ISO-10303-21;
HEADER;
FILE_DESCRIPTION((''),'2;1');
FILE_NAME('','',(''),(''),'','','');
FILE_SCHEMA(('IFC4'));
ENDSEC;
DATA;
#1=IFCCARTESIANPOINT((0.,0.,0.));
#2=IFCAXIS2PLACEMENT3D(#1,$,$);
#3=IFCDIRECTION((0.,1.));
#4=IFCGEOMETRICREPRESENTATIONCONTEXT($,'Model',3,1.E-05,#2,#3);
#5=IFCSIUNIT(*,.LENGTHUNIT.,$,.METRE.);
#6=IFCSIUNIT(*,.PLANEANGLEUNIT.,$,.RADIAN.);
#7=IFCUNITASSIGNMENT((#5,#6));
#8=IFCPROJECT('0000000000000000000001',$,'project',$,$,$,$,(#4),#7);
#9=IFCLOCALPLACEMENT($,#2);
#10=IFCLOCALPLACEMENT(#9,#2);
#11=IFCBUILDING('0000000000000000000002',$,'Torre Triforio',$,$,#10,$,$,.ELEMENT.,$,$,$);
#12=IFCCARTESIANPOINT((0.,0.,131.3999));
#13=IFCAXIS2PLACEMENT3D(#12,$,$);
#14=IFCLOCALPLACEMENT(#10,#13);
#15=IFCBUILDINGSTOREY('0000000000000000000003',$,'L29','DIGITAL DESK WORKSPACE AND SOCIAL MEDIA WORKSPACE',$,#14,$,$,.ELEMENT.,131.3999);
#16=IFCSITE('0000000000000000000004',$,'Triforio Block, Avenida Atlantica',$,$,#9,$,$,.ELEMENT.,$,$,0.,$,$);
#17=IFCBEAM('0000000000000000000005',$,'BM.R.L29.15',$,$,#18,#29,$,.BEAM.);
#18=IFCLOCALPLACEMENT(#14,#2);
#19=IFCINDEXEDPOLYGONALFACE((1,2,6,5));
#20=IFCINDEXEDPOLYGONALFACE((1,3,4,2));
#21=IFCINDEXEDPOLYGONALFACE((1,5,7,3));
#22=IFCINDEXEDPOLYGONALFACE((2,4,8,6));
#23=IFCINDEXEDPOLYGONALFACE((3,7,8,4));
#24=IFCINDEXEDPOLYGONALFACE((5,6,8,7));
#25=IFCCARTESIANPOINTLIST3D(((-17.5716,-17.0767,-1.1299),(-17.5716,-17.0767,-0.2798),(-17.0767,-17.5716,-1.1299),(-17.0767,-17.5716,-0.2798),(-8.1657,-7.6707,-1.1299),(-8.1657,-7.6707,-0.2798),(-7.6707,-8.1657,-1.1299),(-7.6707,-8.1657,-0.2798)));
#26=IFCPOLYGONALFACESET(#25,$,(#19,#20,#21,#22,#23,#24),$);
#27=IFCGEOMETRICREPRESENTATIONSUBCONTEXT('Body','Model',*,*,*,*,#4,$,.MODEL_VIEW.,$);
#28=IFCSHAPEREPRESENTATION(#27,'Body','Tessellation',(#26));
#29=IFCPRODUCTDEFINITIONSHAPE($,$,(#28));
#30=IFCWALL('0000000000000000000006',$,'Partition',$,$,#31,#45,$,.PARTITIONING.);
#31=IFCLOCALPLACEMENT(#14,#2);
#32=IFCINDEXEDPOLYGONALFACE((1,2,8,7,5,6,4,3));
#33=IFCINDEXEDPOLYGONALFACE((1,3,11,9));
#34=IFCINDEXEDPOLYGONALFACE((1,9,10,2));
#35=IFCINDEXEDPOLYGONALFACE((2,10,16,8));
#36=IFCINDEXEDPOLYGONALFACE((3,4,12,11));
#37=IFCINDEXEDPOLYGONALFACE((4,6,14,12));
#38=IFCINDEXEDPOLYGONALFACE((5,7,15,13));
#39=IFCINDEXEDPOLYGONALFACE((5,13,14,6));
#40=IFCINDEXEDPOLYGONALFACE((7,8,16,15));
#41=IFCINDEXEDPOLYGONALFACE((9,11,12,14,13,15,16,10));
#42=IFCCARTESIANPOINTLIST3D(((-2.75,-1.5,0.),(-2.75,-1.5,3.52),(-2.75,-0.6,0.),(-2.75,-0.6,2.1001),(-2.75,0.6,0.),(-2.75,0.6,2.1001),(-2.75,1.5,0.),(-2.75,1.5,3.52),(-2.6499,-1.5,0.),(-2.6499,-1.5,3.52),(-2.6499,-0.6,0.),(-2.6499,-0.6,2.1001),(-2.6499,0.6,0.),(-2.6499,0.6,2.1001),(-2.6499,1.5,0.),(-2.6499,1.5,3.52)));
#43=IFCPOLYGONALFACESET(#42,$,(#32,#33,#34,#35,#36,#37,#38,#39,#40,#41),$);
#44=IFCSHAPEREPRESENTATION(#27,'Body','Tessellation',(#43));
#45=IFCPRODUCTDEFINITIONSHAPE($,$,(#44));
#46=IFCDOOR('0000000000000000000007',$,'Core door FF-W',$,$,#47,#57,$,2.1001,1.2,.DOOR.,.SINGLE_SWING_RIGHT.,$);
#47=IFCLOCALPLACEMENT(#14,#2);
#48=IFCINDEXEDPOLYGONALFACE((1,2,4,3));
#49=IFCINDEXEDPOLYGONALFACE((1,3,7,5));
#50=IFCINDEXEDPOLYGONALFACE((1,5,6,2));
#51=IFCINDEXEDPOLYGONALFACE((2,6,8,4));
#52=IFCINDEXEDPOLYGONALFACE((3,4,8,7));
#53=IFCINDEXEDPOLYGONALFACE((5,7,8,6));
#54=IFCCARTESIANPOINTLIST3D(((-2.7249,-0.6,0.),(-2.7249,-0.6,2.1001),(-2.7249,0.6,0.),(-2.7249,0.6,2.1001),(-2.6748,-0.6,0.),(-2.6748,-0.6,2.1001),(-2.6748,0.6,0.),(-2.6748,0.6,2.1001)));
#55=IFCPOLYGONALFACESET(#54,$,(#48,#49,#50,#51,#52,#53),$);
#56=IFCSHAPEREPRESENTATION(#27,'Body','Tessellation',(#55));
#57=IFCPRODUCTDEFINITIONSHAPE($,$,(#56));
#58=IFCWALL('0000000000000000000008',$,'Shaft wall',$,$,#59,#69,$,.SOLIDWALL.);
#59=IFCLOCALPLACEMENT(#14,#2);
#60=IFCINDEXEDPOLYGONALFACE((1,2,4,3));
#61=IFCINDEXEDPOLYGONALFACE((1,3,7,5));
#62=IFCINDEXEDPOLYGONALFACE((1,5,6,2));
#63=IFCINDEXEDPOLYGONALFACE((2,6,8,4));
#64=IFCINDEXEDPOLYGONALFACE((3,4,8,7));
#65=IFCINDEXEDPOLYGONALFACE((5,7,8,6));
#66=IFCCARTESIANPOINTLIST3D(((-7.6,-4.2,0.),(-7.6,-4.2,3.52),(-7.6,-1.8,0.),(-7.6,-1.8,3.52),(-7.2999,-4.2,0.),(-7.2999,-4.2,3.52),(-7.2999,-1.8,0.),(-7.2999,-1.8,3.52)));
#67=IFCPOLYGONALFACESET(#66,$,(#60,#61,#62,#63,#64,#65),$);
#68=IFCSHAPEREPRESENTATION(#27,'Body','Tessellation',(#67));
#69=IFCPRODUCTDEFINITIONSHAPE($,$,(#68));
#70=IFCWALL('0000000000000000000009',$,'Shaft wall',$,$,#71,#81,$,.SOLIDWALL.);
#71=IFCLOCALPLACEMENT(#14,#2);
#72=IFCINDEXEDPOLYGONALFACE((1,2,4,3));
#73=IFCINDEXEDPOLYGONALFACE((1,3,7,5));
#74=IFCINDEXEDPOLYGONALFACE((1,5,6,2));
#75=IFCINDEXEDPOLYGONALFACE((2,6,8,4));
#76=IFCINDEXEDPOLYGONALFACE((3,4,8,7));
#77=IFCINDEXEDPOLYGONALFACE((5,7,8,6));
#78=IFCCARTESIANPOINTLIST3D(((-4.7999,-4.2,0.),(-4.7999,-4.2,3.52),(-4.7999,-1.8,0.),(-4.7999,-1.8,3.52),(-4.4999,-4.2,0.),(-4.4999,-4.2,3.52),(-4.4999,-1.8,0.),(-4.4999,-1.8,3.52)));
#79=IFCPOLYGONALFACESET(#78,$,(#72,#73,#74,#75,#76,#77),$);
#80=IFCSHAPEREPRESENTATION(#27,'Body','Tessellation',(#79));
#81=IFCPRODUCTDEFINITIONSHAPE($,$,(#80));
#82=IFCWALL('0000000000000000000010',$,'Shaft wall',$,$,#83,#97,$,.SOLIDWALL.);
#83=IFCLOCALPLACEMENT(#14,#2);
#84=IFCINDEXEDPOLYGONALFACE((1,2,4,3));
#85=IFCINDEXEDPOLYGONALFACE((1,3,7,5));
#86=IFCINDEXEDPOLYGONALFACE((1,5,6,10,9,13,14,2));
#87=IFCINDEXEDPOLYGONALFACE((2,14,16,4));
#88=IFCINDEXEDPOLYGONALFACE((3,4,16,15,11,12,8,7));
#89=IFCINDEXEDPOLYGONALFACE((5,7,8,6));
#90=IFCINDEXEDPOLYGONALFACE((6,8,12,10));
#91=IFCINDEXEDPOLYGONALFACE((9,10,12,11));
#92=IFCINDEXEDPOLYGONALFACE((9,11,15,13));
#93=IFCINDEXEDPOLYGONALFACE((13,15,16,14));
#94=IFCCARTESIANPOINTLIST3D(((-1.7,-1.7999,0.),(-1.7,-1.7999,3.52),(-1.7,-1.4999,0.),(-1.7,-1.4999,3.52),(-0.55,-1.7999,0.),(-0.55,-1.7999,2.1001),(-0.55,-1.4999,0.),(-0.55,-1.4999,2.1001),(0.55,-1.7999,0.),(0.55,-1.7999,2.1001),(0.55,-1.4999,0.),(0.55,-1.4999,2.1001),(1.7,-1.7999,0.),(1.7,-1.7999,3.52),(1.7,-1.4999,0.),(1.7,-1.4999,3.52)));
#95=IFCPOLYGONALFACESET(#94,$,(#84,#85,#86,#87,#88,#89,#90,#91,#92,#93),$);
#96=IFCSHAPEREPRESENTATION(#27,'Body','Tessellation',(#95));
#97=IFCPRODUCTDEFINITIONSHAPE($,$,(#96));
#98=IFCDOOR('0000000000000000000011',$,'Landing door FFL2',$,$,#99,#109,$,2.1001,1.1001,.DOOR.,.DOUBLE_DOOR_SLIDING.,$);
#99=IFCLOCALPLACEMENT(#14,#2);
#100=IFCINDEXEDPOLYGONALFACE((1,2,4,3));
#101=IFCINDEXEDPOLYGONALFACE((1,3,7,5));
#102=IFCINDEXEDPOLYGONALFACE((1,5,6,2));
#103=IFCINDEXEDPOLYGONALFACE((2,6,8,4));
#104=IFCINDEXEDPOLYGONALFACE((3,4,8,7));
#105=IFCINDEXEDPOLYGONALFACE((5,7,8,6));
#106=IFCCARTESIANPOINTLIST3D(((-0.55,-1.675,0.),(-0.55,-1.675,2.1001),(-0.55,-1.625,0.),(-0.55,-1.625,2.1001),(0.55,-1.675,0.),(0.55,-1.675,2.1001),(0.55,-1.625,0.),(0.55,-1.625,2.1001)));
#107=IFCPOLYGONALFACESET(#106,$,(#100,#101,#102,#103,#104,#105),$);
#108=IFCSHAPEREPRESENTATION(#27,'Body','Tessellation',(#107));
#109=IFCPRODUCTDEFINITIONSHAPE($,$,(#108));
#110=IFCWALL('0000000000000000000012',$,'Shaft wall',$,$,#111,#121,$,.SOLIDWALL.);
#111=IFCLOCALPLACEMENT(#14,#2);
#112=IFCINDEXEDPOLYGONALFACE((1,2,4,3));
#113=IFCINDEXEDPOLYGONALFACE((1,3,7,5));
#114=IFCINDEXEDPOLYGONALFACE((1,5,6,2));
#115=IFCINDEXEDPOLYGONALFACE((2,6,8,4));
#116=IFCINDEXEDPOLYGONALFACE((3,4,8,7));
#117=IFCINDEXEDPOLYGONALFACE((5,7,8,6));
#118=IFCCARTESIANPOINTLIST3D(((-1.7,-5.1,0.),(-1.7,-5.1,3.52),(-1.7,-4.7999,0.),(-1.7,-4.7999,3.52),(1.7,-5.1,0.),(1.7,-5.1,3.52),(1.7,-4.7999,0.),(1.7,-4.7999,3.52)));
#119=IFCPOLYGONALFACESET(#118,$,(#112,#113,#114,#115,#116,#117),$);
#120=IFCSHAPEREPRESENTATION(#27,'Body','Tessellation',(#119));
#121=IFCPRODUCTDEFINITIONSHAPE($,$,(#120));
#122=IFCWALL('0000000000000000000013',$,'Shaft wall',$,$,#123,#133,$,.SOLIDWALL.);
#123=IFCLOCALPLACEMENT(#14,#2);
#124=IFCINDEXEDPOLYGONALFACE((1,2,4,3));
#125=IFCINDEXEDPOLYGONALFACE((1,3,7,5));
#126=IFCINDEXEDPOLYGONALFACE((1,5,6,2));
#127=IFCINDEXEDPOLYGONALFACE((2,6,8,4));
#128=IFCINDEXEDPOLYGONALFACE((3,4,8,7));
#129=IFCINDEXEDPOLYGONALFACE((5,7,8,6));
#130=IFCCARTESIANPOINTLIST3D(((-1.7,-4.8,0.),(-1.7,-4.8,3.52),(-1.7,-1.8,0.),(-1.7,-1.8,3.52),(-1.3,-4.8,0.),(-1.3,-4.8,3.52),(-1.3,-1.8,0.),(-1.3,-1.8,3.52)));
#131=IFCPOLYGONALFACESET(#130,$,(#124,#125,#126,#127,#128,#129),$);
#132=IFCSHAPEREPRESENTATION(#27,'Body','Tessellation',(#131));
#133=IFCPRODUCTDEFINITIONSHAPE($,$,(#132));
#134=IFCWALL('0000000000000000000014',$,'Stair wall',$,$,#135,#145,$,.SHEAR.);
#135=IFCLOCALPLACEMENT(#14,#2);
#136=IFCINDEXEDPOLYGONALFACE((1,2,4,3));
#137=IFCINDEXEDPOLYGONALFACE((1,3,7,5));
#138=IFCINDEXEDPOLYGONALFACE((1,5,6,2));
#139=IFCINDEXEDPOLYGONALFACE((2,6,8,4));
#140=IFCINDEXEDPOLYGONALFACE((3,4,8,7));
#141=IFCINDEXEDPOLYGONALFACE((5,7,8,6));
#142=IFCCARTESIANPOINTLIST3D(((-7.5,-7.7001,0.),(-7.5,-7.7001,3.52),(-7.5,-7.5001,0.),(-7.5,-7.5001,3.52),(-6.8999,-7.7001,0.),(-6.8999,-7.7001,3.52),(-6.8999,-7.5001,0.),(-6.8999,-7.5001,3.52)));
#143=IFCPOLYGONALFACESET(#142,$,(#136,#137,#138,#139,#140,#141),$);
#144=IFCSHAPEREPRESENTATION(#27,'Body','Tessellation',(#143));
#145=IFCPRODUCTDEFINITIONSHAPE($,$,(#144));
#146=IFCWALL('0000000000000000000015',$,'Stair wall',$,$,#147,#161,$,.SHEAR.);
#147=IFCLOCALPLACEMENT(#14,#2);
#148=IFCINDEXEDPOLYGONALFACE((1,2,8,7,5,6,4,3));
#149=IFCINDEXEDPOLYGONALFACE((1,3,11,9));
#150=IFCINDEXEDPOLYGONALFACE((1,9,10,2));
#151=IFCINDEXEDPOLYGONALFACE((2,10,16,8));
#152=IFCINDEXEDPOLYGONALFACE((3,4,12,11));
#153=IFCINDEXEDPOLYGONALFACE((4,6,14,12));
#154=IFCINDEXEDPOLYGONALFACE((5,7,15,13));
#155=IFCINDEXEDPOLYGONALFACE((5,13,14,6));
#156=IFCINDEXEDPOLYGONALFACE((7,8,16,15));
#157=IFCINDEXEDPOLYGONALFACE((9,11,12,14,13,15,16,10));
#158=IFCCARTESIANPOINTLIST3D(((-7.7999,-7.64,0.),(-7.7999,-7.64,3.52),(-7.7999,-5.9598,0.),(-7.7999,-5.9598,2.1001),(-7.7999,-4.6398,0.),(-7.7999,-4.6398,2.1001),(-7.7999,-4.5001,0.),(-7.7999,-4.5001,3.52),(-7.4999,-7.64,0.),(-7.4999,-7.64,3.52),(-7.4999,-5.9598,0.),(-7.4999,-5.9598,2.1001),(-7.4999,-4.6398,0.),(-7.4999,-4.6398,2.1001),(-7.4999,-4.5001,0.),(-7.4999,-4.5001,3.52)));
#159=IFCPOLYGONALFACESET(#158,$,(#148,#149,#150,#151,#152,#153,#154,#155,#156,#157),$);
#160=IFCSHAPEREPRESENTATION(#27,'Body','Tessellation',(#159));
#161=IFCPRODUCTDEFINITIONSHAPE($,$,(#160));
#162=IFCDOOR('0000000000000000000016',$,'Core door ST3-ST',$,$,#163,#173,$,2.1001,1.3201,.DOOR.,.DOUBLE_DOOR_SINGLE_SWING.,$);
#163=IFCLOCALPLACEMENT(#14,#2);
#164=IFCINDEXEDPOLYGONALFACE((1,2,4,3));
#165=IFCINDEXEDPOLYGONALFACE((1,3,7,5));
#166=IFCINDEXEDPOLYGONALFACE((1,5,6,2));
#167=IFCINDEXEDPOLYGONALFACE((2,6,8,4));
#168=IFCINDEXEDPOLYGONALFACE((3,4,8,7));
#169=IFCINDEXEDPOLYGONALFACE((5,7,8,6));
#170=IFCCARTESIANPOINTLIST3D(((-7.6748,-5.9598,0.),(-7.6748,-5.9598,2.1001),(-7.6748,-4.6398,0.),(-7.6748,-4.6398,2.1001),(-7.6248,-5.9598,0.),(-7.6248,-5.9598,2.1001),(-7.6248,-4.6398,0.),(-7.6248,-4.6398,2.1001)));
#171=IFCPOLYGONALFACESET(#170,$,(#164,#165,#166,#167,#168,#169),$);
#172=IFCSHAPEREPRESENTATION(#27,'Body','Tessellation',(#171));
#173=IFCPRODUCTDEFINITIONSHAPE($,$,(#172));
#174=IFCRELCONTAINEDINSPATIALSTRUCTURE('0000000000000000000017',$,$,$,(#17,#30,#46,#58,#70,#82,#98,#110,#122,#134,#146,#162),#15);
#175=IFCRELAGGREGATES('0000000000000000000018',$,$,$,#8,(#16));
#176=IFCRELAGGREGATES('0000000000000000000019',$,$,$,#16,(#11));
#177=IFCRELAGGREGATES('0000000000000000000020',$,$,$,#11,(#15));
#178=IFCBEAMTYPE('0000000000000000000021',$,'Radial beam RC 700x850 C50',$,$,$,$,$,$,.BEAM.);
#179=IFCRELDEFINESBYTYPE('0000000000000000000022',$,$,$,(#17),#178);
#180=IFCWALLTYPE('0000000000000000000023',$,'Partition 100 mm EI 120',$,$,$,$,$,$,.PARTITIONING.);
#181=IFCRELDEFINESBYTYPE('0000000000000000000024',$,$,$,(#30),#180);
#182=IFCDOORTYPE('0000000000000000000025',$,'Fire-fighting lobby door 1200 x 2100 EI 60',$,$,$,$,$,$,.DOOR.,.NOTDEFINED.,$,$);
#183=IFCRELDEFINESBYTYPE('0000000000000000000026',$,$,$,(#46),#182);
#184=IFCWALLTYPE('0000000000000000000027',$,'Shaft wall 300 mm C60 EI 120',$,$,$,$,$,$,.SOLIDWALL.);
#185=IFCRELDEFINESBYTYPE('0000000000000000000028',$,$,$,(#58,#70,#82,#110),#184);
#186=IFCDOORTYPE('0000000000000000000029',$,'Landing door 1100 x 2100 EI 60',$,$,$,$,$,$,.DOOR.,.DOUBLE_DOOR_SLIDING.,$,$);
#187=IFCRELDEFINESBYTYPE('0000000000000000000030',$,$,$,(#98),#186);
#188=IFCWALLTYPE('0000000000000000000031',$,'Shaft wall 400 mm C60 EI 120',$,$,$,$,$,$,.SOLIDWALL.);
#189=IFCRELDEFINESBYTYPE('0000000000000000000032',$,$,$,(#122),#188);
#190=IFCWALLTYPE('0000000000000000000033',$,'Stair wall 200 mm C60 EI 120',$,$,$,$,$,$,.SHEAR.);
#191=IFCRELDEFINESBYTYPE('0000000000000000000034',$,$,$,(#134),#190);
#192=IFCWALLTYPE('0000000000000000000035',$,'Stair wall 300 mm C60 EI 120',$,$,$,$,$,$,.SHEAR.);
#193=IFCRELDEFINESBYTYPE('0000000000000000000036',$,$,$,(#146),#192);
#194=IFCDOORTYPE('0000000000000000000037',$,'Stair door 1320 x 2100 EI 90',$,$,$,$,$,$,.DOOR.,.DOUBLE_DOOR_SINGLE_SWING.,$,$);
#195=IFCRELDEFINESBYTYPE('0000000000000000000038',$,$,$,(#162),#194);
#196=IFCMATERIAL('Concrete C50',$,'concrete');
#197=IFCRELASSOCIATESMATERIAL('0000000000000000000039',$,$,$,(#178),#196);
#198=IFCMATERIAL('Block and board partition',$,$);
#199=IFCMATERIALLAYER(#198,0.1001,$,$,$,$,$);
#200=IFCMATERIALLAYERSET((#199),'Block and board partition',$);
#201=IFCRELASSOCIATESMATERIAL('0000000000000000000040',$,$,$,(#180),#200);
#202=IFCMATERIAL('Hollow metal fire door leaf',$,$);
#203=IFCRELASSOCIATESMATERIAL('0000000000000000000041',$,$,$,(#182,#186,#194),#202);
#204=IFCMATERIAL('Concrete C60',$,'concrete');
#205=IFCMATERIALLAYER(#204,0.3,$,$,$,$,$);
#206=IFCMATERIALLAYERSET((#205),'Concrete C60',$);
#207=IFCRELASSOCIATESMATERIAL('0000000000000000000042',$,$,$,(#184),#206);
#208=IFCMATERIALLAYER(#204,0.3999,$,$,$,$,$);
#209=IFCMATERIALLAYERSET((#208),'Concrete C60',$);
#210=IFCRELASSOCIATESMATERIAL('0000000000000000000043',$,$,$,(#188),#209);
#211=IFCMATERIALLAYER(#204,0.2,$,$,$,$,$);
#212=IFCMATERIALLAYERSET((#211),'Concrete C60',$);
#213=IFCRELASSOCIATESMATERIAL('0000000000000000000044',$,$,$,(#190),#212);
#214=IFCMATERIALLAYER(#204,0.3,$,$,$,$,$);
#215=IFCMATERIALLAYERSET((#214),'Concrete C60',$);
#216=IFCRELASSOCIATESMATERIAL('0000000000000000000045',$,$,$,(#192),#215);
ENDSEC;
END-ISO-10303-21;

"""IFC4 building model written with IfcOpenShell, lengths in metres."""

from ifc_helpers import new_model, si_unit, direction, frame, frame_2d, origin, origin_2d, place, context, subcontext, project, spatial, rectangle, extrude, material, layer, layer_set, material_profile, profile_set, type_object, element, fill, save


model = new_model("IFC4")

# Units and contexts
model_context = context("Model", 3, precision=1e-05, world=origin(), true_north=direction((0.0, 1.0)))
body_context = subcontext(model_context, "Body", "Model", "MODEL_VIEW")
ifc_project = project(units=[si_unit("LENGTHUNIT", "METRE"), si_unit("PLANEANGLEUNIT", "RADIAN")], contexts=[model_context])

# Site, building, storey
site_placement = place(None, origin())
site = spatial("IfcSite", under=ifc_project, at=site_placement, Name="Triforio Block, Avenida Atlantica", CompositionType="ELEMENT", RefElevation=0.0)
building_placement = place(site_placement, origin())
building = spatial("IfcBuilding", under=site, at=building_placement, Name="Torre Triforio", CompositionType="ELEMENT")
storey_placement = place(building_placement, frame((0.0, 0.0, 131.3999)))
storey = spatial("IfcBuildingStorey", under=building, at=storey_placement, Name="L29", Description="DIGITAL DESK WORKSPACE AND SOCIAL MEDIA WORKSPACE", CompositionType="ELEMENT", Elevation=131.3999)

# Beam
ifc_material_1 = material(Name="Concrete C50", Category="concrete")
ifc_material_profile = material_profile(ifc_material_1, rectangle(XDim=0.7, YDim=0.8501, at=origin_2d()), Name="RC 700x850")
ifc_profile_set = profile_set([ifc_material_profile], Name="Concrete C50")
beam_type = type_object("IfcBeamType", Name="Radial beam RC 700x850 C50", PredefinedType="BEAM", material=ifc_profile_set)
beam_placement = place(storey_placement, frame((-7.9182, -7.9182, -0.7048), z_axis=(-0.707107, -0.707107, 0.0), x_axis=(0.707107, -0.707107, 0.0)))
element("IfcBeam", 1, at=beam_placement, inside=storey, type_object=beam_type, Name="BM.R.L29.15", PredefinedType="BEAM", context=body_context, shape_type="SweptSolid", body=[
    extrude(rectangle(XDim=0.7, YDim=0.8501, at=origin_2d()), origin(), (0.0, 0.0, 1.0), 13.302),
])

# Wall, opening, door
ifc_material_2 = material(Name="Block and board partition")
ifc_layer_1 = layer(ifc_material_2, 0.1001)
ifc_layer_set_1 = layer_set([ifc_layer_1], Name="Block and board partition")
wall_type_1 = type_object("IfcWallType", Name="Partition 100 mm EI 120", PredefinedType="PARTITIONING", material=ifc_layer_set_1)
wall_1_placement = place(storey_placement, frame((-2.7, -1.5, 0.0), z_axis=(0.0, 0.0, 1.0), x_axis=(0.0, 1.0, 0.0)))
wall_1 = element("IfcWall", 2, at=wall_1_placement, inside=storey, type_object=wall_type_1, Name="Partition", PredefinedType="PARTITIONING", context=body_context, shape_type="SweptSolid", body=[
    extrude(rectangle(XDim=3.0, YDim=0.1001, at=frame_2d((1.5, 0.0))), origin(), (0.0, 0.0, 1.0), 3.52),
])
opening_1_placement = place(wall_1_placement, frame((0.8999, 0.0, 0.0)))
opening_1 = element("IfcOpeningElement", 3, at=opening_1_placement, cuts=wall_1, PredefinedType="OPENING", context=body_context, shape_type="SweptSolid", body=[
    extrude(rectangle(XDim=1.2, YDim=2.1001, at=frame_2d((0.6001, 1.05))), frame((0.0, 0.0601, 0.0), z_axis=(0.0, -1.0, 0.0), x_axis=(1.0, 0.0, 0.0)), (0.0, 0.0, 1.0), 0.1201),
])
ifc_material_3 = material(Name="Hollow metal fire door leaf")
door_type_1 = type_object("IfcDoorType", Name="Fire-fighting lobby door 1200 x 2100 EI 60", OperationType="NOTDEFINED", PredefinedType="DOOR", material=ifc_material_3)
door_1_placement = place(opening_1_placement, origin())
door_1 = element("IfcDoor", 4, at=door_1_placement, inside=storey, type_object=door_type_1, Name="Core door FF-W", OperationType="SINGLE_SWING_RIGHT", OverallHeight=2.1001, OverallWidth=1.2, PredefinedType="DOOR", context=body_context, shape_type="SweptSolid", body=[
    extrude(rectangle(XDim=1.2, YDim=2.1001, at=frame_2d((0.6001, 1.05))), frame((0.0, 0.0249, 0.0), z_axis=(0.0, -1.0, 0.0), x_axis=(1.0, 0.0, 0.0)), (0.0, 0.0, 1.0), 0.05),
])
fill(opening_1, door_1)

# Walls
ifc_material_4 = material(Name="Concrete C60", Category="concrete")
ifc_layer_2 = layer(ifc_material_4, 0.3)
ifc_layer_set_2 = layer_set([ifc_layer_2], Name="Concrete C60")
wall_type_2 = type_object("IfcWallType", Name="Shaft wall 300 mm C60 EI 120", PredefinedType="SOLIDWALL", material=ifc_layer_set_2)
for number, where, z_axis, x_axis, name in (
    (5, (-7.45, -4.2, 0.0), (0.0, 0.0, 1.0), (0.0, 1.0, 0.0), "Shaft wall"),
    (6, (-4.6499, -4.2, 0.0), (0.0, 0.0, 1.0), (0.0, 1.0, 0.0), "Shaft wall"),
):
    element("IfcWall", number, at=place(storey_placement, frame(where, z_axis=z_axis, x_axis=x_axis)), inside=storey, type_object=wall_type_2, Name=name, PredefinedType="SOLIDWALL", context=body_context, shape_type="SweptSolid", body=[
        extrude(rectangle(XDim=2.3999, YDim=0.3, at=frame_2d((1.2, 0.0))), origin(), (0.0, 0.0, 1.0), 3.52),
    ])

# Wall, opening, door
wall_2_placement = place(storey_placement, frame((-1.7, -1.6499, 0.0), z_axis=(0.0, 0.0, 1.0), x_axis=(1.0, 0.0, 0.0)))
wall_2 = element("IfcWall", 7, at=wall_2_placement, inside=storey, type_object=wall_type_2, Name="Shaft wall", PredefinedType="SOLIDWALL", context=body_context, shape_type="SweptSolid", body=[
    extrude(rectangle(XDim=3.3999, YDim=0.3, at=frame_2d((1.7, 0.0))), origin(), (0.0, 0.0, 1.0), 3.52),
])
opening_2_placement = place(wall_2_placement, frame((1.1499, 0.0, 0.0)))
opening_2 = element("IfcOpeningElement", 8, at=opening_2_placement, cuts=wall_2, PredefinedType="OPENING", context=body_context, shape_type="SweptSolid", body=[
    extrude(rectangle(XDim=1.1001, YDim=2.1001, at=frame_2d((0.55, 1.05))), frame((0.0, 0.1599, 0.0), z_axis=(0.0, -1.0, 0.0), x_axis=(1.0, 0.0, 0.0)), (0.0, 0.0, 1.0), 0.3201),
])
door_type_2 = type_object("IfcDoorType", Name="Landing door 1100 x 2100 EI 60", OperationType="DOUBLE_DOOR_SLIDING", PredefinedType="DOOR", material=ifc_material_3)
door_2_placement = place(opening_2_placement, origin())
door_2 = element("IfcDoor", 9, at=door_2_placement, inside=storey, type_object=door_type_2, Name="Landing door FFL2", OperationType="DOUBLE_DOOR_SLIDING", OverallHeight=2.1001, OverallWidth=1.1001, PredefinedType="DOOR", context=body_context, shape_type="SweptSolid", body=[
    extrude(rectangle(XDim=1.1001, YDim=2.1001, at=frame_2d((0.55, 1.05))), frame((0.0, 0.0249, 0.0), z_axis=(0.0, -1.0, 0.0), x_axis=(1.0, 0.0, 0.0)), (0.0, 0.0, 1.0), 0.05),
])
fill(opening_2, door_2)

# Walls
wall_3_placement = place(storey_placement, frame((-1.7, -4.95, 0.0), z_axis=(0.0, 0.0, 1.0), x_axis=(1.0, 0.0, 0.0)))
element("IfcWall", 10, at=wall_3_placement, inside=storey, type_object=wall_type_2, Name="Shaft wall", PredefinedType="SOLIDWALL", context=body_context, shape_type="SweptSolid", body=[
    extrude(rectangle(XDim=3.3999, YDim=0.3, at=frame_2d((1.7, 0.0))), origin(), (0.0, 0.0, 1.0), 3.52),
])
ifc_layer_3 = layer(ifc_material_4, 0.3999)
ifc_layer_set_3 = layer_set([ifc_layer_3], Name="Concrete C60")
wall_type_3 = type_object("IfcWallType", Name="Shaft wall 400 mm C60 EI 120", PredefinedType="SOLIDWALL", material=ifc_layer_set_3)
wall_4_placement = place(storey_placement, frame((-1.5, -4.8, 0.0), z_axis=(0.0, 0.0, 1.0), x_axis=(0.0, 1.0, 0.0)))
element("IfcWall", 11, at=wall_4_placement, inside=storey, type_object=wall_type_3, Name="Shaft wall", PredefinedType="SOLIDWALL", context=body_context, shape_type="SweptSolid", body=[
    extrude(rectangle(XDim=3.0, YDim=0.3999, at=frame_2d((1.5, 0.0))), origin(), (0.0, 0.0, 1.0), 3.52),
])
ifc_layer_4 = layer(ifc_material_4, 0.2)
ifc_layer_set_4 = layer_set([ifc_layer_4], Name="Concrete C60")
wall_type_4 = type_object("IfcWallType", Name="Stair wall 200 mm C60 EI 120", PredefinedType="SHEAR", material=ifc_layer_set_4)
wall_5_placement = place(storey_placement, frame((-7.5, -7.6001, 0.0), z_axis=(0.0, 0.0, 1.0), x_axis=(1.0, 0.0, 0.0)))
element("IfcWall", 12, at=wall_5_placement, inside=storey, type_object=wall_type_4, Name="Stair wall", PredefinedType="SHEAR", context=body_context, shape_type="SweptSolid", body=[
    extrude(rectangle(XDim=0.6001, YDim=0.2, at=frame_2d((0.3, 0.0))), origin(), (0.0, 0.0, 1.0), 3.52),
])

# Wall, opening, door
ifc_layer_5 = layer(ifc_material_4, 0.3)
ifc_layer_set_5 = layer_set([ifc_layer_5], Name="Concrete C60")
wall_type_5 = type_object("IfcWallType", Name="Stair wall 300 mm C60 EI 120", PredefinedType="SHEAR", material=ifc_layer_set_5)
wall_6_placement = place(storey_placement, frame((-7.6499, -7.6399, 0.0), z_axis=(0.0, 0.0, 1.0), x_axis=(0.0, 1.0, 0.0)))
wall_6 = element("IfcWall", 13, at=wall_6_placement, inside=storey, type_object=wall_type_5, Name="Stair wall", PredefinedType="SHEAR", context=body_context, shape_type="SweptSolid", body=[
    extrude(rectangle(XDim=3.1399, YDim=0.3, at=frame_2d((1.5698, 0.0))), origin(), (0.0, 0.0, 1.0), 3.52),
])
opening_3_placement = place(wall_6_placement, frame((1.6799, 0.0, 0.0)))
opening_3 = element("IfcOpeningElement", 14, at=opening_3_placement, cuts=wall_6, PredefinedType="OPENING", context=body_context, shape_type="SweptSolid", body=[
    extrude(rectangle(XDim=1.3201, YDim=2.1001, at=frame_2d((0.6602, 1.05))), frame((0.0, 0.1599, 0.0), z_axis=(0.0, -1.0, 0.0), x_axis=(1.0, 0.0, 0.0)), (0.0, 0.0, 1.0), 0.3201),
])
door_type_3 = type_object("IfcDoorType", Name="Stair door 1320 x 2100 EI 90", OperationType="DOUBLE_DOOR_SINGLE_SWING", PredefinedType="DOOR", material=ifc_material_3)
door_3_placement = place(opening_3_placement, origin())
door_3 = element("IfcDoor", 15, at=door_3_placement, inside=storey, type_object=door_type_3, Name="Core door ST3-ST", OperationType="DOUBLE_DOOR_SINGLE_SWING", OverallHeight=2.1001, OverallWidth=1.3201, PredefinedType="DOOR", context=body_context, shape_type="SweptSolid", body=[
    extrude(rectangle(XDim=1.3201, YDim=2.1001, at=frame_2d((0.6602, 1.05))), frame((0.0, 0.0249, 0.0), z_axis=(0.0, -1.0, 0.0), x_axis=(1.0, 0.0, 0.0)), (0.0, 0.0, 1.0), 0.05),
])
fill(opening_3, door_3)

save(model, "model.ifc")
